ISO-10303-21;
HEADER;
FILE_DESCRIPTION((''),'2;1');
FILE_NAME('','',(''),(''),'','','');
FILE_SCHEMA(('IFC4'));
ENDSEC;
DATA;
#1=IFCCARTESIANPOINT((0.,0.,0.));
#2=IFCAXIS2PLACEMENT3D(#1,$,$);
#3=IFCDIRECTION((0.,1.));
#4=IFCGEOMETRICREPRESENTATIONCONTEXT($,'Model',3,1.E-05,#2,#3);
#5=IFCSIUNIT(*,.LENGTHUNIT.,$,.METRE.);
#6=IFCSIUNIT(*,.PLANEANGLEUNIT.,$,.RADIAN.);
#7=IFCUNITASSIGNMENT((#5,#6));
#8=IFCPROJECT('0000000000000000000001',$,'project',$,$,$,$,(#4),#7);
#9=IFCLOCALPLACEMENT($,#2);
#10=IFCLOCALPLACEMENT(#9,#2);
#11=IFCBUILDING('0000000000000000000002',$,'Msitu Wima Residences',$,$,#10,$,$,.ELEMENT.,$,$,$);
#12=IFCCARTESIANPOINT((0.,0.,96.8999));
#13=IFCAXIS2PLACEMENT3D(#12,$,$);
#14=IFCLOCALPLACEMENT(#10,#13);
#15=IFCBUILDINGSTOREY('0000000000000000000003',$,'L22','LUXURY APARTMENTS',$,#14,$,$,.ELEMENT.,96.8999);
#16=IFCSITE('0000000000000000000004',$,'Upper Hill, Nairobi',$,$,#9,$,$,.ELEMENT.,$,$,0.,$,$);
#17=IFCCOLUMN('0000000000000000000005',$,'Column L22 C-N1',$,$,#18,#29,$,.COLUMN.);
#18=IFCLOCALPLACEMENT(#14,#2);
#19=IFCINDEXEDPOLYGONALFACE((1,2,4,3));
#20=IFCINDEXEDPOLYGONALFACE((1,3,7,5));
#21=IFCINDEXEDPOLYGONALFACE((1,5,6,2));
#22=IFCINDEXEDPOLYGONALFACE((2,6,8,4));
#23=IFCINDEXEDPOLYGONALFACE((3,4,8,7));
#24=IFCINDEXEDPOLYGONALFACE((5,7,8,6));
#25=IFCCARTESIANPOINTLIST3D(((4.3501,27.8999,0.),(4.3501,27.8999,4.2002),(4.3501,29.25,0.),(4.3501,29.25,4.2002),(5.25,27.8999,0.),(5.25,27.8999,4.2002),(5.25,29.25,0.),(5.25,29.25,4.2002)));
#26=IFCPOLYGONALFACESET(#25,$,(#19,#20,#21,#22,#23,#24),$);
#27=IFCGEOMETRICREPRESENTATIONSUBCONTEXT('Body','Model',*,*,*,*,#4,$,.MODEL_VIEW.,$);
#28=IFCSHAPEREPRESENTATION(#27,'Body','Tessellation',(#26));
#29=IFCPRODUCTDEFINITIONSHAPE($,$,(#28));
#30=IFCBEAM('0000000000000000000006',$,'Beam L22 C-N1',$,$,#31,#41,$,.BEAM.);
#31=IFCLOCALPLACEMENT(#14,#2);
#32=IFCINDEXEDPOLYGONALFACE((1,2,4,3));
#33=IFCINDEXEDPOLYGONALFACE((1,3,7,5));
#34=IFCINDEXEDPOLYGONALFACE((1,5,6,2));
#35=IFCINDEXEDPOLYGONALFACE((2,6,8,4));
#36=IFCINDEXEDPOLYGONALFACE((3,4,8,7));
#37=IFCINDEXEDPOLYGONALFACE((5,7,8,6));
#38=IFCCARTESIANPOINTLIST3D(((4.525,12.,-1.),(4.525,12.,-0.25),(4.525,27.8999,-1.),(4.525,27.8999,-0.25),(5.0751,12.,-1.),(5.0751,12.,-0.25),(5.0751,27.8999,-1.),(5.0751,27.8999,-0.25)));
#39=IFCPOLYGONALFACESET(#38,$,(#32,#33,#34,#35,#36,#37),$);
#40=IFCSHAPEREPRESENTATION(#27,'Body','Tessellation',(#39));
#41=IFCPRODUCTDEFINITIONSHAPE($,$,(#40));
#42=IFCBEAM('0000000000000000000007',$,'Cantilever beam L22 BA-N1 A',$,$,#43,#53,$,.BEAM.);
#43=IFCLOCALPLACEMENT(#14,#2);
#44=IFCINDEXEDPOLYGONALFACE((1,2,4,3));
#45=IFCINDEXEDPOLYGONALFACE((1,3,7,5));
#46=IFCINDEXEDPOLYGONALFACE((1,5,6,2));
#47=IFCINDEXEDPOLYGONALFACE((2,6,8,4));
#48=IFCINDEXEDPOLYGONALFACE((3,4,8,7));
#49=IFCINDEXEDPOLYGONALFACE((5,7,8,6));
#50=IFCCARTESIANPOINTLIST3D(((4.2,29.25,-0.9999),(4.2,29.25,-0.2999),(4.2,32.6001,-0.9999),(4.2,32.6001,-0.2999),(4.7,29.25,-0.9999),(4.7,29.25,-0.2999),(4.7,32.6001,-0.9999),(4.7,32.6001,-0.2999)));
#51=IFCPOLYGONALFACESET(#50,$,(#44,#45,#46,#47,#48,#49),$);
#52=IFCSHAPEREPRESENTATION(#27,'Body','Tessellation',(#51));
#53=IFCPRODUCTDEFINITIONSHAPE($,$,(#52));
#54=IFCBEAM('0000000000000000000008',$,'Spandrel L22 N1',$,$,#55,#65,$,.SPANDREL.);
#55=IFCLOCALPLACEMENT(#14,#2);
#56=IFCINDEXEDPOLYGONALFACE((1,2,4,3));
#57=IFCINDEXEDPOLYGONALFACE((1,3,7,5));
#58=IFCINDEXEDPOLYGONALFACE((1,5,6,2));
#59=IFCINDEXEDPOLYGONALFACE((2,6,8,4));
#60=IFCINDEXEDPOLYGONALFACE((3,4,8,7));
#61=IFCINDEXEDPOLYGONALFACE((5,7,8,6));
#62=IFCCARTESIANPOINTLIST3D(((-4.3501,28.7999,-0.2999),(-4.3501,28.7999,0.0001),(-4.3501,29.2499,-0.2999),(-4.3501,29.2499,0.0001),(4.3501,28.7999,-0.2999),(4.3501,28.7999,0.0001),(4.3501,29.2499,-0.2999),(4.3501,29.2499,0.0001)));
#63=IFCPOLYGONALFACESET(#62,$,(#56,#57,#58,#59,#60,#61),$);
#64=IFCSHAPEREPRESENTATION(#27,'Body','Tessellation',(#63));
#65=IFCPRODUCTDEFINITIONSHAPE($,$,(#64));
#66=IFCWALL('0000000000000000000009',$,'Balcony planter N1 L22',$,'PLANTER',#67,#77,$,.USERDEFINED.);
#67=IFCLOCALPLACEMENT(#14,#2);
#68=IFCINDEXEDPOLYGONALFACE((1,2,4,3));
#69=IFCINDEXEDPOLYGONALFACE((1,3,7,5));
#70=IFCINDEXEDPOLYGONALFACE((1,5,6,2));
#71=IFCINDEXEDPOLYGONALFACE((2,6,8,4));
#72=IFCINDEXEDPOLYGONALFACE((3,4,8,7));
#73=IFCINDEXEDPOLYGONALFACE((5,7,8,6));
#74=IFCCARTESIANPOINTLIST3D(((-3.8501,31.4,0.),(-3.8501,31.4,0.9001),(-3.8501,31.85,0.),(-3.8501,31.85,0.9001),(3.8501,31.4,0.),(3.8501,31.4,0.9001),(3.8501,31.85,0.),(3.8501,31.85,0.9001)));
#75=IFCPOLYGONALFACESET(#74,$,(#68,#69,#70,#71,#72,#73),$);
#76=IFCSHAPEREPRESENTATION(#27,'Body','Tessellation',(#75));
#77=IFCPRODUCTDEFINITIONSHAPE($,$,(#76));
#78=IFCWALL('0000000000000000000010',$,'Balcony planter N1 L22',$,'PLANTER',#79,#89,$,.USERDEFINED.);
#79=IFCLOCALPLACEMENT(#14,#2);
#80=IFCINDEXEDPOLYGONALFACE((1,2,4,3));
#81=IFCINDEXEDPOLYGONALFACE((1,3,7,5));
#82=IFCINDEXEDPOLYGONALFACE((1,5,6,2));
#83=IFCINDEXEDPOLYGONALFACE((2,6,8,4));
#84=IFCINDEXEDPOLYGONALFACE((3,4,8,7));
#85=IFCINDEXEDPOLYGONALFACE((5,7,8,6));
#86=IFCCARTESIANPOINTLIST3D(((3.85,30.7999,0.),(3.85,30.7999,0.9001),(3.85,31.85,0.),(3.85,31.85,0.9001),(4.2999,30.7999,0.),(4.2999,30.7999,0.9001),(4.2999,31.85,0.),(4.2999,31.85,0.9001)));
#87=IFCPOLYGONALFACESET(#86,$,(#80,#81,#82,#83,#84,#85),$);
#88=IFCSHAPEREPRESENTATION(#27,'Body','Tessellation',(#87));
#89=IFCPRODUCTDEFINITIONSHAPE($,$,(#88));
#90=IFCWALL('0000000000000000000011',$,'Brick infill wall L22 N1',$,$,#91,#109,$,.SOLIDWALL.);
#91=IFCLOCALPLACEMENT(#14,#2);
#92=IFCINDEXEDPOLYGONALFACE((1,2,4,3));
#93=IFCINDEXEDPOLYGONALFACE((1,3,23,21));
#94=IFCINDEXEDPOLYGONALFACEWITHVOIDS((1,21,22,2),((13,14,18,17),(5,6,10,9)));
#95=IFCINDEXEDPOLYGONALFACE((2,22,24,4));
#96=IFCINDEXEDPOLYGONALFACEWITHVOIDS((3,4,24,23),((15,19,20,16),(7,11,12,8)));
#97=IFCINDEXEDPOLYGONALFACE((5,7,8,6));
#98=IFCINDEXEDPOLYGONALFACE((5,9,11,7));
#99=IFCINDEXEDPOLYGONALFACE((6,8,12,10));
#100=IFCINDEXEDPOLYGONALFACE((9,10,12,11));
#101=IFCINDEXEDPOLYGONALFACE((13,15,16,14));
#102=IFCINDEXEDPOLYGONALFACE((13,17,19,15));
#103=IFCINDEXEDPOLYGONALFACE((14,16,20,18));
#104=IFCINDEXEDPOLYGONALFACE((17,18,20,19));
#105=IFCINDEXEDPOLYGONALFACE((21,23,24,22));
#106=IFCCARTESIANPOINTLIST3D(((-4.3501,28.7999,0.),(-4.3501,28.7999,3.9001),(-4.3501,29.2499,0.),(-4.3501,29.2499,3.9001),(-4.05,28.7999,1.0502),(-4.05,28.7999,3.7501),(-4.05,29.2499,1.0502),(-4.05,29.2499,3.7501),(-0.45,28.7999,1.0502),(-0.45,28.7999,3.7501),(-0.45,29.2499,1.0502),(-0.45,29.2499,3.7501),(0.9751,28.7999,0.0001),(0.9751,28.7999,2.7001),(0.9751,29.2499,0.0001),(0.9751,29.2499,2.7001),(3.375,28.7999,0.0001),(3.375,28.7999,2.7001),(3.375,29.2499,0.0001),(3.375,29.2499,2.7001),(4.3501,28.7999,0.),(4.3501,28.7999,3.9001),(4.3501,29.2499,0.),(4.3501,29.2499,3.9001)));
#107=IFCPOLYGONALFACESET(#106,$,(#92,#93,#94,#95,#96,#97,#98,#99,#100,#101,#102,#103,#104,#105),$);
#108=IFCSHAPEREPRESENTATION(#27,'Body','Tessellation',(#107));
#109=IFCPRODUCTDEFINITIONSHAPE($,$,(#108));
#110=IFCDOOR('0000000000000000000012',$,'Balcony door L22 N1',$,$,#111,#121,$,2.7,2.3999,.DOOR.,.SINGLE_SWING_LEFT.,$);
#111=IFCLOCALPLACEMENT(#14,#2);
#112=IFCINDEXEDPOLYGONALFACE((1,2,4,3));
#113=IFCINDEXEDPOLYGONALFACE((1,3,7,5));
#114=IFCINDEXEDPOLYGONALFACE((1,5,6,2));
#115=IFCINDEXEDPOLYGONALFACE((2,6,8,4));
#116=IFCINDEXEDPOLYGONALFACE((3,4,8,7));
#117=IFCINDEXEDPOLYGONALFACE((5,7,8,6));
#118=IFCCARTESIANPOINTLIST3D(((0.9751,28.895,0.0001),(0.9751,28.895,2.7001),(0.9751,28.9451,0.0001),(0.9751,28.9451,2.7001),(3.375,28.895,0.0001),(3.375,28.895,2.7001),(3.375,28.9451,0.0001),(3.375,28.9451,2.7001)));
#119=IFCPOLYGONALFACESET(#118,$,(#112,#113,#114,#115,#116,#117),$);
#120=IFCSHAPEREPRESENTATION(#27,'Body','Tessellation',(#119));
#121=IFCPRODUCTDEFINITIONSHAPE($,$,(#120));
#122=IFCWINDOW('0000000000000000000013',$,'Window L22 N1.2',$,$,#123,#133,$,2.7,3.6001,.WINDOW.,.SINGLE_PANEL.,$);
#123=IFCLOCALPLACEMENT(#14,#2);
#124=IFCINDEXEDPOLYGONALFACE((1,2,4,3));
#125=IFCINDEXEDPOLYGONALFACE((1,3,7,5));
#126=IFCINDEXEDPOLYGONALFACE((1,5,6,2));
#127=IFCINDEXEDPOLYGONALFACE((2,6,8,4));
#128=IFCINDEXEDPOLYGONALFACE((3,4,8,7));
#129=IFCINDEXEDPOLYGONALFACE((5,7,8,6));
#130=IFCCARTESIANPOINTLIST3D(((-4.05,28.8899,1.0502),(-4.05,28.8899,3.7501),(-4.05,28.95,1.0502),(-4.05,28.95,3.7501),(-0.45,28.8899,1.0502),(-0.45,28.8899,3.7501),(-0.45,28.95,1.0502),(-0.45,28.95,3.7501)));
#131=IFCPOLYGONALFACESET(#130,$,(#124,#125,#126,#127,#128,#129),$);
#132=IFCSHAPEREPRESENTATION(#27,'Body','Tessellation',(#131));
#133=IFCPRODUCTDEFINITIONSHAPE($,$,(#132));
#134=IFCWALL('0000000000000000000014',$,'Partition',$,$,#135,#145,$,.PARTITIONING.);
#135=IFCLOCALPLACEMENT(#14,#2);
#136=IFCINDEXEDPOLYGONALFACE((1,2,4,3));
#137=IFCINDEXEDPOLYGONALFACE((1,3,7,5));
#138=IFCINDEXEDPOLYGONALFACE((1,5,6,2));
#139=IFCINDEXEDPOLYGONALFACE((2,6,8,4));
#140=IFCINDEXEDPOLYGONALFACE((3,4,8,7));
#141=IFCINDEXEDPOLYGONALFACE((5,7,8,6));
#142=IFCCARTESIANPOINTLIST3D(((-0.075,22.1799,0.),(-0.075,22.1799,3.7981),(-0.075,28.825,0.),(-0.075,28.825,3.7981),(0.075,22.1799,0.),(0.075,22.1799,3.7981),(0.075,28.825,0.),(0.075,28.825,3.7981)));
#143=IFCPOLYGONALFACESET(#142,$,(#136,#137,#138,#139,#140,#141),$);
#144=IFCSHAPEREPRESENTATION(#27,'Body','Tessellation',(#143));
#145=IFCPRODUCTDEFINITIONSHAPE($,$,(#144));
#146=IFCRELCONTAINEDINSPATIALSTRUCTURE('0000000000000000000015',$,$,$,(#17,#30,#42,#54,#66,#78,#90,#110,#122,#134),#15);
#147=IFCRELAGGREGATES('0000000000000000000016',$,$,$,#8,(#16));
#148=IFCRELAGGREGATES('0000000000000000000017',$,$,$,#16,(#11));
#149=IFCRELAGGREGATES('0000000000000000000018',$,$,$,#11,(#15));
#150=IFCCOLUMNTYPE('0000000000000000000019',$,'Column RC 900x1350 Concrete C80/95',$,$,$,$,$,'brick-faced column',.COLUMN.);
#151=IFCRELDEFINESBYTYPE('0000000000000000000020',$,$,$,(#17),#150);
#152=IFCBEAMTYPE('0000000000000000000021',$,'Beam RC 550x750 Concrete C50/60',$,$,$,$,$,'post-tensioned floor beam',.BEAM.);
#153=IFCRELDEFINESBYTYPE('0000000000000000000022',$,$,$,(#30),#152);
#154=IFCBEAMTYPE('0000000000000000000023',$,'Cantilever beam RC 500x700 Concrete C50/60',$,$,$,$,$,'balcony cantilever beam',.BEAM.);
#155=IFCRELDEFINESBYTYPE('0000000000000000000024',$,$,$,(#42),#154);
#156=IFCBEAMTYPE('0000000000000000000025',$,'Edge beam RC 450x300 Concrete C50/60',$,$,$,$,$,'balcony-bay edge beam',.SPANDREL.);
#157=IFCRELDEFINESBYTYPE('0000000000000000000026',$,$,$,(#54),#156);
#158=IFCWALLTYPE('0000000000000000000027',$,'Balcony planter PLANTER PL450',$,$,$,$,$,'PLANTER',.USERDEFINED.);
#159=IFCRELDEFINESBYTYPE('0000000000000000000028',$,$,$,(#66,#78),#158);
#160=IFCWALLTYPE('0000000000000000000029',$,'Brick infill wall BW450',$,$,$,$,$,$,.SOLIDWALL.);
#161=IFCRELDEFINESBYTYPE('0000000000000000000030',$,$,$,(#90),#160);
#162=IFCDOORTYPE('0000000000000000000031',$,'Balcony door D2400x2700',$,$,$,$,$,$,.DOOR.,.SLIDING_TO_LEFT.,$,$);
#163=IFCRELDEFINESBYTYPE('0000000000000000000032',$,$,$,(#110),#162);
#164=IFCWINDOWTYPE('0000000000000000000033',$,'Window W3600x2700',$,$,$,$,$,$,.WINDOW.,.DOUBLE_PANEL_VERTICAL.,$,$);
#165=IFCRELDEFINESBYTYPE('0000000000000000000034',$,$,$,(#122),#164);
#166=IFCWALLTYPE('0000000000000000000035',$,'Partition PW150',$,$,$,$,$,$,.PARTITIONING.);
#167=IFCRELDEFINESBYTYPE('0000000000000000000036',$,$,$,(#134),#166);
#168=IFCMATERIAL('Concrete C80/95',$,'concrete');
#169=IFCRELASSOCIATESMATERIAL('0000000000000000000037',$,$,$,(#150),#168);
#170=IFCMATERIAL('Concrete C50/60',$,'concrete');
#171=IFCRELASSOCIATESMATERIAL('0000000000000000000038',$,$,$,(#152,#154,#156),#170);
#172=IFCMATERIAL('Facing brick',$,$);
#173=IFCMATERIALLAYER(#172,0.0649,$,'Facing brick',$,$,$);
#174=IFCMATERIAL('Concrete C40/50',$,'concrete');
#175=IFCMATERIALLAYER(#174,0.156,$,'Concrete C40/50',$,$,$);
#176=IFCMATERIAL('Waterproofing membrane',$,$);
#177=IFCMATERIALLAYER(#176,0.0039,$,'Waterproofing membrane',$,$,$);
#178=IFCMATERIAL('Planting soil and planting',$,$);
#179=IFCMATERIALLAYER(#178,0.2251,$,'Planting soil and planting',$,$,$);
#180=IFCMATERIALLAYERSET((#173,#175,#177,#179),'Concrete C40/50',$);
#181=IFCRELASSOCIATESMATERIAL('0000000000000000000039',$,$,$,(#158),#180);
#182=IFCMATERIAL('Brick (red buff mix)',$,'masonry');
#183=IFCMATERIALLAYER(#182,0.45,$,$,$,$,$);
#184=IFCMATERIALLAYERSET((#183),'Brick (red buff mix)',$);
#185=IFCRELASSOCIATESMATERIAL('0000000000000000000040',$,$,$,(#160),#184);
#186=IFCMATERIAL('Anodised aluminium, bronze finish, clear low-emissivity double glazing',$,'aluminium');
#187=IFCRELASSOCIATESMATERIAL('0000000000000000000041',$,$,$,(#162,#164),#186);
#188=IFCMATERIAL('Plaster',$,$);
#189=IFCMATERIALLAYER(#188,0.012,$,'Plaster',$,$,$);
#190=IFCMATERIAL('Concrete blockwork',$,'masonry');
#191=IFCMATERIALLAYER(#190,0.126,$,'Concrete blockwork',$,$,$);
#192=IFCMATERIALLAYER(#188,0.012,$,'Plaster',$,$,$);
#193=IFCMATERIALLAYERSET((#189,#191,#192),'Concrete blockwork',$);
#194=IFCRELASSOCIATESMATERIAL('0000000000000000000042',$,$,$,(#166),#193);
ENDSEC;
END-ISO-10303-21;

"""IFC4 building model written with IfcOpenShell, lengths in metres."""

from ifc_helpers import new_model, si_unit, direction, frame, frame_2d, origin, origin_2d, place, context, subcontext, project, spatial, rectangle, extrude, material, layer, layer_set, material_profile, profile_set, type_object, element, fill, save


model = new_model("IFC4")

# Units and contexts
model_context = context("Model", 3, precision=1e-05, world=origin(), true_north=direction((0.0, 1.0)))
body_context = subcontext(model_context, "Body", "Model", "MODEL_VIEW")
ifc_project = project(units=[si_unit("LENGTHUNIT", "METRE"), si_unit("PLANEANGLEUNIT", "RADIAN")], contexts=[model_context])

# Site, building, storey
site_placement = place(None, origin())
site = spatial("IfcSite", under=ifc_project, at=site_placement, Name="Upper Hill, Nairobi", CompositionType="ELEMENT", RefElevation=0.0)
building_placement = place(site_placement, origin())
building = spatial("IfcBuilding", under=site, at=building_placement, Name="Msitu Wima Residences", CompositionType="ELEMENT")
storey_placement = place(building_placement, frame((0.0, 0.0, 96.8999)))
storey = spatial("IfcBuildingStorey", under=building, at=storey_placement, Name="L22", Description="LUXURY APARTMENTS", CompositionType="ELEMENT", Elevation=96.8999)

# Column
ifc_material_1 = material(Name="Concrete C80/95", Category="concrete")
ifc_material_profile_1 = material_profile(ifc_material_1, rectangle(XDim=0.8999, YDim=1.3501, at=origin_2d()), Name="RC 900x1350")
ifc_profile_set_1 = profile_set([ifc_material_profile_1], Name="Concrete C80/95")
column_type = type_object("IfcColumnType", Name="Column RC 900x1350 Concrete C80/95", ElementType="brick-faced column", PredefinedType="COLUMN", material=ifc_profile_set_1)
column_placement = place(storey_placement, frame((4.8, 28.575, 0.0), z_axis=(0.0, 0.0, 1.0), x_axis=(-1.0, 0.0, 0.0)))
element("IfcColumn", 1, at=column_placement, inside=storey, type_object=column_type, Name="Column L22 C-N1", PredefinedType="COLUMN", context=body_context, shape_type="SweptSolid", body=[
    extrude(rectangle(XDim=0.8999, YDim=1.3501, at=origin_2d()), origin(), (0.0, 0.0, 1.0), 4.2002),
])

# Beams
ifc_material_2 = material(Name="Concrete C50/60", Category="concrete")
ifc_material_profile_2 = material_profile(ifc_material_2, rectangle(XDim=0.55, YDim=0.75, at=origin_2d()), Name="RC 550x750")
ifc_profile_set_2 = profile_set([ifc_material_profile_2], Name="Concrete C50/60")
beam_type_1 = type_object("IfcBeamType", Name="Beam RC 550x750 Concrete C50/60", ElementType="post-tensioned floor beam", PredefinedType="BEAM", material=ifc_profile_set_2)
beam_1_placement = place(storey_placement, frame((4.8, 27.8999, -0.625), z_axis=(0.0, -1.0, 0.0), x_axis=(1.0, 0.0, 0.0)))
element("IfcBeam", 2, at=beam_1_placement, inside=storey, type_object=beam_type_1, Name="Beam L22 C-N1", PredefinedType="BEAM", context=body_context, shape_type="SweptSolid", body=[
    extrude(rectangle(XDim=0.55, YDim=0.75, at=origin_2d()), origin(), (0.0, 0.0, 1.0), 15.8999),
])
ifc_material_profile_3 = material_profile(ifc_material_2, rectangle(XDim=0.5, YDim=0.7, at=origin_2d()), Name="RC 500x700")
ifc_profile_set_3 = profile_set([ifc_material_profile_3], Name="Concrete C50/60")
beam_type_2 = type_object("IfcBeamType", Name="Cantilever beam RC 500x700 Concrete C50/60", ElementType="balcony cantilever beam", PredefinedType="BEAM", material=ifc_profile_set_3)
beam_2_placement = place(storey_placement, frame((4.45, 29.25, -0.6499), z_axis=(0.0, 1.0, 0.0), x_axis=(-1.0, 0.0, 0.0)))
element("IfcBeam", 3, at=beam_2_placement, inside=storey, type_object=beam_type_2, Name="Cantilever beam L22 BA-N1 A", PredefinedType="BEAM", context=body_context, shape_type="SweptSolid", body=[
    extrude(rectangle(XDim=0.5, YDim=0.7, at=origin_2d()), origin(), (0.0, 0.0, 1.0), 3.3501),
])
ifc_material_profile_4 = material_profile(ifc_material_2, rectangle(XDim=0.45, YDim=0.3, at=origin_2d()), Name="RC 450x300")
ifc_profile_set_4 = profile_set([ifc_material_profile_4], Name="Concrete C50/60")
beam_type_3 = type_object("IfcBeamType", Name="Edge beam RC 450x300 Concrete C50/60", ElementType="balcony-bay edge beam", PredefinedType="SPANDREL", material=ifc_profile_set_4)
beam_3_placement = place(storey_placement, frame((4.3501, 29.0249, -0.1499), z_axis=(-1.0, 0.0, 0.0), x_axis=(0.0, -1.0, 0.0)))
element("IfcBeam", 4, at=beam_3_placement, inside=storey, type_object=beam_type_3, Name="Spandrel L22 N1", PredefinedType="SPANDREL", context=body_context, shape_type="SweptSolid", body=[
    extrude(rectangle(XDim=0.45, YDim=0.3, at=origin_2d()), origin(), (0.0, 0.0, 1.0), 8.7002),
])

# Walls
ifc_material_3 = material(Name="Facing brick")
ifc_layer_1 = layer(ifc_material_3, 0.0649, Name="Facing brick")
ifc_material_4 = material(Name="Concrete C40/50", Category="concrete")
ifc_layer_2 = layer(ifc_material_4, 0.156, Name="Concrete C40/50")
ifc_material_5 = material(Name="Waterproofing membrane")
ifc_layer_3 = layer(ifc_material_5, 0.0039, Name="Waterproofing membrane")
ifc_material_6 = material(Name="Planting soil and planting")
ifc_layer_4 = layer(ifc_material_6, 0.2251, Name="Planting soil and planting")
ifc_layer_set_1 = layer_set([ifc_layer_1, ifc_layer_2, ifc_layer_3, ifc_layer_4], Name="Concrete C40/50")
wall_type_1 = type_object("IfcWallType", Name="Balcony planter PLANTER PL450", ElementType="PLANTER", PredefinedType="USERDEFINED", material=ifc_layer_set_1)
wall_1_placement = place(storey_placement, frame((3.8501, 31.625, 0.0), z_axis=(0.0, 0.0, 1.0), x_axis=(-1.0, 0.0, 0.0)))
element("IfcWall", 5, at=wall_1_placement, inside=storey, type_object=wall_type_1, Name="Balcony planter N1 L22", ObjectType="PLANTER", PredefinedType="USERDEFINED", context=body_context, shape_type="SweptSolid", body=[
    extrude(rectangle(XDim=7.7002, YDim=0.45, at=frame_2d((3.8501, 0.0))), origin(), (0.0, 0.0, 1.0), 0.9001),
])
wall_2_placement = place(storey_placement, frame((4.075, 30.8, 0.0), z_axis=(0.0, 0.0, 1.0), x_axis=(0.0, 1.0, 0.0)))
element("IfcWall", 6, at=wall_2_placement, inside=storey, type_object=wall_type_1, Name="Balcony planter N1 L22", ObjectType="PLANTER", PredefinedType="USERDEFINED", context=body_context, shape_type="SweptSolid", body=[
    extrude(rectangle(XDim=1.05, YDim=0.45, at=frame_2d((0.5249, 0.0))), origin(), (0.0, 0.0, 1.0), 0.9001),
])

# Wall, openings, door, window
ifc_material_7 = material(Name="Brick (red buff mix)", Category="masonry")
ifc_layer_5 = layer(ifc_material_7, 0.45)
ifc_layer_set_2 = layer_set([ifc_layer_5], Name="Brick (red buff mix)")
wall_type_2 = type_object("IfcWallType", Name="Brick infill wall BW450", PredefinedType="SOLIDWALL", material=ifc_layer_set_2)
wall_3_placement = place(storey_placement, frame((4.3501, 29.0249, 0.0), z_axis=(0.0, 0.0, 1.0), x_axis=(-1.0, 0.0, 0.0)))
wall_3 = element("IfcWall", 7, at=wall_3_placement, inside=storey, type_object=wall_type_2, Name="Brick infill wall L22 N1", PredefinedType="SOLIDWALL", context=body_context, shape_type="SweptSolid", body=[
    extrude(rectangle(XDim=8.7002, YDim=0.45, at=frame_2d((4.3501, 0.0))), origin(), (0.0, 0.0, 1.0), 3.9001),
])
opening_1_placement = place(wall_3_placement, frame((0.9751, 0.0, 0.0)))
opening_1 = element("IfcOpeningElement", 8, at=opening_1_placement, cuts=wall_3, PredefinedType="OPENING", context=body_context, shape_type="SweptSolid", body=[
    extrude(rectangle(XDim=2.3999, YDim=2.7, at=frame_2d((1.2, 1.3501))), frame((0.0, 0.2349, 0.0), z_axis=(0.0, -1.0, 0.0), x_axis=(1.0, 0.0, 0.0)), (0.0, 0.0, 1.0), 0.47),
])
opening_2_placement = place(wall_3_placement, frame((4.8, 0.0, 1.05)))
opening_2 = element("IfcOpeningElement", 9, at=opening_2_placement, cuts=wall_3, PredefinedType="OPENING", context=body_context, shape_type="SweptSolid", body=[
    extrude(rectangle(XDim=3.6001, YDim=2.7, at=frame_2d((1.8, 1.3501))), frame((0.0, 0.2349, 0.0), z_axis=(0.0, -1.0, 0.0), x_axis=(1.0, 0.0, 0.0)), (0.0, 0.0, 1.0), 0.47),
])
ifc_material_8 = material(Name="Anodised aluminium, bronze finish, clear low-emissivity double glazing", Category="aluminium")
door_type_1 = type_object("IfcDoorType", Name="Balcony door D2400x2700", OperationType="SLIDING_TO_LEFT", PredefinedType="DOOR", material=ifc_material_8)
door_1_placement = place(opening_1_placement, origin())
door_1 = element("IfcDoor", 10, at=door_1_placement, inside=storey, type_object=door_type_1, Name="Balcony door L22 N1", OperationType="SINGLE_SWING_LEFT", OverallHeight=2.7, OverallWidth=2.3999, PredefinedType="DOOR", context=body_context, shape_type="SweptSolid", body=[
    extrude(rectangle(XDim=2.3999, YDim=2.7, at=frame_2d((1.2, 1.3501))), frame((0.0, 0.1299, 0.0), z_axis=(0.0, -1.0, 0.0), x_axis=(1.0, 0.0, 0.0)), (0.0, 0.0, 1.0), 0.05),
])
fill(opening_1, door_1)
window_type = type_object("IfcWindowType", Name="Window W3600x2700", PartitioningType="DOUBLE_PANEL_VERTICAL", PredefinedType="WINDOW", material=ifc_material_8)
window_placement = place(opening_2_placement, origin())
window = element("IfcWindow", 11, at=window_placement, inside=storey, type_object=window_type, Name="Window L22 N1.2", OverallHeight=2.7, OverallWidth=3.6001, PartitioningType="SINGLE_PANEL", PredefinedType="WINDOW", context=body_context, shape_type="SweptSolid", body=[
    extrude(rectangle(XDim=3.6001, YDim=2.7, at=frame_2d((1.8, 1.3501))), frame((0.0, 0.135, 0.0), z_axis=(0.0, -1.0, 0.0), x_axis=(1.0, 0.0, 0.0)), (0.0, 0.0, 1.0), 0.0601),
])
fill(opening_2, window)

# Wall
ifc_material_9 = material(Name="Plaster")
ifc_layer_6 = layer(ifc_material_9, 0.012, Name="Plaster")
ifc_material_10 = material(Name="Concrete blockwork", Category="masonry")
ifc_layer_7 = layer(ifc_material_10, 0.126, Name="Concrete blockwork")
ifc_layer_8 = layer(ifc_material_9, 0.012, Name="Plaster")
ifc_layer_set_3 = layer_set([ifc_layer_6, ifc_layer_7, ifc_layer_8], Name="Concrete blockwork")
wall_type_3 = type_object("IfcWallType", Name="Partition PW150", PredefinedType="PARTITIONING", material=ifc_layer_set_3)
wall_4_placement = place(storey_placement, frame((0.0, 22.1799, 0.0), z_axis=(0.0, 0.0, 1.0), x_axis=(0.0, 1.0, 0.0)))
element("IfcWall", 12, at=wall_4_placement, inside=storey, type_object=wall_type_3, Name="Partition", PredefinedType="PARTITIONING", context=body_context, shape_type="SweptSolid", body=[
    extrude(rectangle(XDim=6.645, YDim=0.1499, at=frame_2d((3.3225, 0.0))), origin(), (0.0, 0.0, 1.0), 3.7981),
])

save(model, "model.ifc")
